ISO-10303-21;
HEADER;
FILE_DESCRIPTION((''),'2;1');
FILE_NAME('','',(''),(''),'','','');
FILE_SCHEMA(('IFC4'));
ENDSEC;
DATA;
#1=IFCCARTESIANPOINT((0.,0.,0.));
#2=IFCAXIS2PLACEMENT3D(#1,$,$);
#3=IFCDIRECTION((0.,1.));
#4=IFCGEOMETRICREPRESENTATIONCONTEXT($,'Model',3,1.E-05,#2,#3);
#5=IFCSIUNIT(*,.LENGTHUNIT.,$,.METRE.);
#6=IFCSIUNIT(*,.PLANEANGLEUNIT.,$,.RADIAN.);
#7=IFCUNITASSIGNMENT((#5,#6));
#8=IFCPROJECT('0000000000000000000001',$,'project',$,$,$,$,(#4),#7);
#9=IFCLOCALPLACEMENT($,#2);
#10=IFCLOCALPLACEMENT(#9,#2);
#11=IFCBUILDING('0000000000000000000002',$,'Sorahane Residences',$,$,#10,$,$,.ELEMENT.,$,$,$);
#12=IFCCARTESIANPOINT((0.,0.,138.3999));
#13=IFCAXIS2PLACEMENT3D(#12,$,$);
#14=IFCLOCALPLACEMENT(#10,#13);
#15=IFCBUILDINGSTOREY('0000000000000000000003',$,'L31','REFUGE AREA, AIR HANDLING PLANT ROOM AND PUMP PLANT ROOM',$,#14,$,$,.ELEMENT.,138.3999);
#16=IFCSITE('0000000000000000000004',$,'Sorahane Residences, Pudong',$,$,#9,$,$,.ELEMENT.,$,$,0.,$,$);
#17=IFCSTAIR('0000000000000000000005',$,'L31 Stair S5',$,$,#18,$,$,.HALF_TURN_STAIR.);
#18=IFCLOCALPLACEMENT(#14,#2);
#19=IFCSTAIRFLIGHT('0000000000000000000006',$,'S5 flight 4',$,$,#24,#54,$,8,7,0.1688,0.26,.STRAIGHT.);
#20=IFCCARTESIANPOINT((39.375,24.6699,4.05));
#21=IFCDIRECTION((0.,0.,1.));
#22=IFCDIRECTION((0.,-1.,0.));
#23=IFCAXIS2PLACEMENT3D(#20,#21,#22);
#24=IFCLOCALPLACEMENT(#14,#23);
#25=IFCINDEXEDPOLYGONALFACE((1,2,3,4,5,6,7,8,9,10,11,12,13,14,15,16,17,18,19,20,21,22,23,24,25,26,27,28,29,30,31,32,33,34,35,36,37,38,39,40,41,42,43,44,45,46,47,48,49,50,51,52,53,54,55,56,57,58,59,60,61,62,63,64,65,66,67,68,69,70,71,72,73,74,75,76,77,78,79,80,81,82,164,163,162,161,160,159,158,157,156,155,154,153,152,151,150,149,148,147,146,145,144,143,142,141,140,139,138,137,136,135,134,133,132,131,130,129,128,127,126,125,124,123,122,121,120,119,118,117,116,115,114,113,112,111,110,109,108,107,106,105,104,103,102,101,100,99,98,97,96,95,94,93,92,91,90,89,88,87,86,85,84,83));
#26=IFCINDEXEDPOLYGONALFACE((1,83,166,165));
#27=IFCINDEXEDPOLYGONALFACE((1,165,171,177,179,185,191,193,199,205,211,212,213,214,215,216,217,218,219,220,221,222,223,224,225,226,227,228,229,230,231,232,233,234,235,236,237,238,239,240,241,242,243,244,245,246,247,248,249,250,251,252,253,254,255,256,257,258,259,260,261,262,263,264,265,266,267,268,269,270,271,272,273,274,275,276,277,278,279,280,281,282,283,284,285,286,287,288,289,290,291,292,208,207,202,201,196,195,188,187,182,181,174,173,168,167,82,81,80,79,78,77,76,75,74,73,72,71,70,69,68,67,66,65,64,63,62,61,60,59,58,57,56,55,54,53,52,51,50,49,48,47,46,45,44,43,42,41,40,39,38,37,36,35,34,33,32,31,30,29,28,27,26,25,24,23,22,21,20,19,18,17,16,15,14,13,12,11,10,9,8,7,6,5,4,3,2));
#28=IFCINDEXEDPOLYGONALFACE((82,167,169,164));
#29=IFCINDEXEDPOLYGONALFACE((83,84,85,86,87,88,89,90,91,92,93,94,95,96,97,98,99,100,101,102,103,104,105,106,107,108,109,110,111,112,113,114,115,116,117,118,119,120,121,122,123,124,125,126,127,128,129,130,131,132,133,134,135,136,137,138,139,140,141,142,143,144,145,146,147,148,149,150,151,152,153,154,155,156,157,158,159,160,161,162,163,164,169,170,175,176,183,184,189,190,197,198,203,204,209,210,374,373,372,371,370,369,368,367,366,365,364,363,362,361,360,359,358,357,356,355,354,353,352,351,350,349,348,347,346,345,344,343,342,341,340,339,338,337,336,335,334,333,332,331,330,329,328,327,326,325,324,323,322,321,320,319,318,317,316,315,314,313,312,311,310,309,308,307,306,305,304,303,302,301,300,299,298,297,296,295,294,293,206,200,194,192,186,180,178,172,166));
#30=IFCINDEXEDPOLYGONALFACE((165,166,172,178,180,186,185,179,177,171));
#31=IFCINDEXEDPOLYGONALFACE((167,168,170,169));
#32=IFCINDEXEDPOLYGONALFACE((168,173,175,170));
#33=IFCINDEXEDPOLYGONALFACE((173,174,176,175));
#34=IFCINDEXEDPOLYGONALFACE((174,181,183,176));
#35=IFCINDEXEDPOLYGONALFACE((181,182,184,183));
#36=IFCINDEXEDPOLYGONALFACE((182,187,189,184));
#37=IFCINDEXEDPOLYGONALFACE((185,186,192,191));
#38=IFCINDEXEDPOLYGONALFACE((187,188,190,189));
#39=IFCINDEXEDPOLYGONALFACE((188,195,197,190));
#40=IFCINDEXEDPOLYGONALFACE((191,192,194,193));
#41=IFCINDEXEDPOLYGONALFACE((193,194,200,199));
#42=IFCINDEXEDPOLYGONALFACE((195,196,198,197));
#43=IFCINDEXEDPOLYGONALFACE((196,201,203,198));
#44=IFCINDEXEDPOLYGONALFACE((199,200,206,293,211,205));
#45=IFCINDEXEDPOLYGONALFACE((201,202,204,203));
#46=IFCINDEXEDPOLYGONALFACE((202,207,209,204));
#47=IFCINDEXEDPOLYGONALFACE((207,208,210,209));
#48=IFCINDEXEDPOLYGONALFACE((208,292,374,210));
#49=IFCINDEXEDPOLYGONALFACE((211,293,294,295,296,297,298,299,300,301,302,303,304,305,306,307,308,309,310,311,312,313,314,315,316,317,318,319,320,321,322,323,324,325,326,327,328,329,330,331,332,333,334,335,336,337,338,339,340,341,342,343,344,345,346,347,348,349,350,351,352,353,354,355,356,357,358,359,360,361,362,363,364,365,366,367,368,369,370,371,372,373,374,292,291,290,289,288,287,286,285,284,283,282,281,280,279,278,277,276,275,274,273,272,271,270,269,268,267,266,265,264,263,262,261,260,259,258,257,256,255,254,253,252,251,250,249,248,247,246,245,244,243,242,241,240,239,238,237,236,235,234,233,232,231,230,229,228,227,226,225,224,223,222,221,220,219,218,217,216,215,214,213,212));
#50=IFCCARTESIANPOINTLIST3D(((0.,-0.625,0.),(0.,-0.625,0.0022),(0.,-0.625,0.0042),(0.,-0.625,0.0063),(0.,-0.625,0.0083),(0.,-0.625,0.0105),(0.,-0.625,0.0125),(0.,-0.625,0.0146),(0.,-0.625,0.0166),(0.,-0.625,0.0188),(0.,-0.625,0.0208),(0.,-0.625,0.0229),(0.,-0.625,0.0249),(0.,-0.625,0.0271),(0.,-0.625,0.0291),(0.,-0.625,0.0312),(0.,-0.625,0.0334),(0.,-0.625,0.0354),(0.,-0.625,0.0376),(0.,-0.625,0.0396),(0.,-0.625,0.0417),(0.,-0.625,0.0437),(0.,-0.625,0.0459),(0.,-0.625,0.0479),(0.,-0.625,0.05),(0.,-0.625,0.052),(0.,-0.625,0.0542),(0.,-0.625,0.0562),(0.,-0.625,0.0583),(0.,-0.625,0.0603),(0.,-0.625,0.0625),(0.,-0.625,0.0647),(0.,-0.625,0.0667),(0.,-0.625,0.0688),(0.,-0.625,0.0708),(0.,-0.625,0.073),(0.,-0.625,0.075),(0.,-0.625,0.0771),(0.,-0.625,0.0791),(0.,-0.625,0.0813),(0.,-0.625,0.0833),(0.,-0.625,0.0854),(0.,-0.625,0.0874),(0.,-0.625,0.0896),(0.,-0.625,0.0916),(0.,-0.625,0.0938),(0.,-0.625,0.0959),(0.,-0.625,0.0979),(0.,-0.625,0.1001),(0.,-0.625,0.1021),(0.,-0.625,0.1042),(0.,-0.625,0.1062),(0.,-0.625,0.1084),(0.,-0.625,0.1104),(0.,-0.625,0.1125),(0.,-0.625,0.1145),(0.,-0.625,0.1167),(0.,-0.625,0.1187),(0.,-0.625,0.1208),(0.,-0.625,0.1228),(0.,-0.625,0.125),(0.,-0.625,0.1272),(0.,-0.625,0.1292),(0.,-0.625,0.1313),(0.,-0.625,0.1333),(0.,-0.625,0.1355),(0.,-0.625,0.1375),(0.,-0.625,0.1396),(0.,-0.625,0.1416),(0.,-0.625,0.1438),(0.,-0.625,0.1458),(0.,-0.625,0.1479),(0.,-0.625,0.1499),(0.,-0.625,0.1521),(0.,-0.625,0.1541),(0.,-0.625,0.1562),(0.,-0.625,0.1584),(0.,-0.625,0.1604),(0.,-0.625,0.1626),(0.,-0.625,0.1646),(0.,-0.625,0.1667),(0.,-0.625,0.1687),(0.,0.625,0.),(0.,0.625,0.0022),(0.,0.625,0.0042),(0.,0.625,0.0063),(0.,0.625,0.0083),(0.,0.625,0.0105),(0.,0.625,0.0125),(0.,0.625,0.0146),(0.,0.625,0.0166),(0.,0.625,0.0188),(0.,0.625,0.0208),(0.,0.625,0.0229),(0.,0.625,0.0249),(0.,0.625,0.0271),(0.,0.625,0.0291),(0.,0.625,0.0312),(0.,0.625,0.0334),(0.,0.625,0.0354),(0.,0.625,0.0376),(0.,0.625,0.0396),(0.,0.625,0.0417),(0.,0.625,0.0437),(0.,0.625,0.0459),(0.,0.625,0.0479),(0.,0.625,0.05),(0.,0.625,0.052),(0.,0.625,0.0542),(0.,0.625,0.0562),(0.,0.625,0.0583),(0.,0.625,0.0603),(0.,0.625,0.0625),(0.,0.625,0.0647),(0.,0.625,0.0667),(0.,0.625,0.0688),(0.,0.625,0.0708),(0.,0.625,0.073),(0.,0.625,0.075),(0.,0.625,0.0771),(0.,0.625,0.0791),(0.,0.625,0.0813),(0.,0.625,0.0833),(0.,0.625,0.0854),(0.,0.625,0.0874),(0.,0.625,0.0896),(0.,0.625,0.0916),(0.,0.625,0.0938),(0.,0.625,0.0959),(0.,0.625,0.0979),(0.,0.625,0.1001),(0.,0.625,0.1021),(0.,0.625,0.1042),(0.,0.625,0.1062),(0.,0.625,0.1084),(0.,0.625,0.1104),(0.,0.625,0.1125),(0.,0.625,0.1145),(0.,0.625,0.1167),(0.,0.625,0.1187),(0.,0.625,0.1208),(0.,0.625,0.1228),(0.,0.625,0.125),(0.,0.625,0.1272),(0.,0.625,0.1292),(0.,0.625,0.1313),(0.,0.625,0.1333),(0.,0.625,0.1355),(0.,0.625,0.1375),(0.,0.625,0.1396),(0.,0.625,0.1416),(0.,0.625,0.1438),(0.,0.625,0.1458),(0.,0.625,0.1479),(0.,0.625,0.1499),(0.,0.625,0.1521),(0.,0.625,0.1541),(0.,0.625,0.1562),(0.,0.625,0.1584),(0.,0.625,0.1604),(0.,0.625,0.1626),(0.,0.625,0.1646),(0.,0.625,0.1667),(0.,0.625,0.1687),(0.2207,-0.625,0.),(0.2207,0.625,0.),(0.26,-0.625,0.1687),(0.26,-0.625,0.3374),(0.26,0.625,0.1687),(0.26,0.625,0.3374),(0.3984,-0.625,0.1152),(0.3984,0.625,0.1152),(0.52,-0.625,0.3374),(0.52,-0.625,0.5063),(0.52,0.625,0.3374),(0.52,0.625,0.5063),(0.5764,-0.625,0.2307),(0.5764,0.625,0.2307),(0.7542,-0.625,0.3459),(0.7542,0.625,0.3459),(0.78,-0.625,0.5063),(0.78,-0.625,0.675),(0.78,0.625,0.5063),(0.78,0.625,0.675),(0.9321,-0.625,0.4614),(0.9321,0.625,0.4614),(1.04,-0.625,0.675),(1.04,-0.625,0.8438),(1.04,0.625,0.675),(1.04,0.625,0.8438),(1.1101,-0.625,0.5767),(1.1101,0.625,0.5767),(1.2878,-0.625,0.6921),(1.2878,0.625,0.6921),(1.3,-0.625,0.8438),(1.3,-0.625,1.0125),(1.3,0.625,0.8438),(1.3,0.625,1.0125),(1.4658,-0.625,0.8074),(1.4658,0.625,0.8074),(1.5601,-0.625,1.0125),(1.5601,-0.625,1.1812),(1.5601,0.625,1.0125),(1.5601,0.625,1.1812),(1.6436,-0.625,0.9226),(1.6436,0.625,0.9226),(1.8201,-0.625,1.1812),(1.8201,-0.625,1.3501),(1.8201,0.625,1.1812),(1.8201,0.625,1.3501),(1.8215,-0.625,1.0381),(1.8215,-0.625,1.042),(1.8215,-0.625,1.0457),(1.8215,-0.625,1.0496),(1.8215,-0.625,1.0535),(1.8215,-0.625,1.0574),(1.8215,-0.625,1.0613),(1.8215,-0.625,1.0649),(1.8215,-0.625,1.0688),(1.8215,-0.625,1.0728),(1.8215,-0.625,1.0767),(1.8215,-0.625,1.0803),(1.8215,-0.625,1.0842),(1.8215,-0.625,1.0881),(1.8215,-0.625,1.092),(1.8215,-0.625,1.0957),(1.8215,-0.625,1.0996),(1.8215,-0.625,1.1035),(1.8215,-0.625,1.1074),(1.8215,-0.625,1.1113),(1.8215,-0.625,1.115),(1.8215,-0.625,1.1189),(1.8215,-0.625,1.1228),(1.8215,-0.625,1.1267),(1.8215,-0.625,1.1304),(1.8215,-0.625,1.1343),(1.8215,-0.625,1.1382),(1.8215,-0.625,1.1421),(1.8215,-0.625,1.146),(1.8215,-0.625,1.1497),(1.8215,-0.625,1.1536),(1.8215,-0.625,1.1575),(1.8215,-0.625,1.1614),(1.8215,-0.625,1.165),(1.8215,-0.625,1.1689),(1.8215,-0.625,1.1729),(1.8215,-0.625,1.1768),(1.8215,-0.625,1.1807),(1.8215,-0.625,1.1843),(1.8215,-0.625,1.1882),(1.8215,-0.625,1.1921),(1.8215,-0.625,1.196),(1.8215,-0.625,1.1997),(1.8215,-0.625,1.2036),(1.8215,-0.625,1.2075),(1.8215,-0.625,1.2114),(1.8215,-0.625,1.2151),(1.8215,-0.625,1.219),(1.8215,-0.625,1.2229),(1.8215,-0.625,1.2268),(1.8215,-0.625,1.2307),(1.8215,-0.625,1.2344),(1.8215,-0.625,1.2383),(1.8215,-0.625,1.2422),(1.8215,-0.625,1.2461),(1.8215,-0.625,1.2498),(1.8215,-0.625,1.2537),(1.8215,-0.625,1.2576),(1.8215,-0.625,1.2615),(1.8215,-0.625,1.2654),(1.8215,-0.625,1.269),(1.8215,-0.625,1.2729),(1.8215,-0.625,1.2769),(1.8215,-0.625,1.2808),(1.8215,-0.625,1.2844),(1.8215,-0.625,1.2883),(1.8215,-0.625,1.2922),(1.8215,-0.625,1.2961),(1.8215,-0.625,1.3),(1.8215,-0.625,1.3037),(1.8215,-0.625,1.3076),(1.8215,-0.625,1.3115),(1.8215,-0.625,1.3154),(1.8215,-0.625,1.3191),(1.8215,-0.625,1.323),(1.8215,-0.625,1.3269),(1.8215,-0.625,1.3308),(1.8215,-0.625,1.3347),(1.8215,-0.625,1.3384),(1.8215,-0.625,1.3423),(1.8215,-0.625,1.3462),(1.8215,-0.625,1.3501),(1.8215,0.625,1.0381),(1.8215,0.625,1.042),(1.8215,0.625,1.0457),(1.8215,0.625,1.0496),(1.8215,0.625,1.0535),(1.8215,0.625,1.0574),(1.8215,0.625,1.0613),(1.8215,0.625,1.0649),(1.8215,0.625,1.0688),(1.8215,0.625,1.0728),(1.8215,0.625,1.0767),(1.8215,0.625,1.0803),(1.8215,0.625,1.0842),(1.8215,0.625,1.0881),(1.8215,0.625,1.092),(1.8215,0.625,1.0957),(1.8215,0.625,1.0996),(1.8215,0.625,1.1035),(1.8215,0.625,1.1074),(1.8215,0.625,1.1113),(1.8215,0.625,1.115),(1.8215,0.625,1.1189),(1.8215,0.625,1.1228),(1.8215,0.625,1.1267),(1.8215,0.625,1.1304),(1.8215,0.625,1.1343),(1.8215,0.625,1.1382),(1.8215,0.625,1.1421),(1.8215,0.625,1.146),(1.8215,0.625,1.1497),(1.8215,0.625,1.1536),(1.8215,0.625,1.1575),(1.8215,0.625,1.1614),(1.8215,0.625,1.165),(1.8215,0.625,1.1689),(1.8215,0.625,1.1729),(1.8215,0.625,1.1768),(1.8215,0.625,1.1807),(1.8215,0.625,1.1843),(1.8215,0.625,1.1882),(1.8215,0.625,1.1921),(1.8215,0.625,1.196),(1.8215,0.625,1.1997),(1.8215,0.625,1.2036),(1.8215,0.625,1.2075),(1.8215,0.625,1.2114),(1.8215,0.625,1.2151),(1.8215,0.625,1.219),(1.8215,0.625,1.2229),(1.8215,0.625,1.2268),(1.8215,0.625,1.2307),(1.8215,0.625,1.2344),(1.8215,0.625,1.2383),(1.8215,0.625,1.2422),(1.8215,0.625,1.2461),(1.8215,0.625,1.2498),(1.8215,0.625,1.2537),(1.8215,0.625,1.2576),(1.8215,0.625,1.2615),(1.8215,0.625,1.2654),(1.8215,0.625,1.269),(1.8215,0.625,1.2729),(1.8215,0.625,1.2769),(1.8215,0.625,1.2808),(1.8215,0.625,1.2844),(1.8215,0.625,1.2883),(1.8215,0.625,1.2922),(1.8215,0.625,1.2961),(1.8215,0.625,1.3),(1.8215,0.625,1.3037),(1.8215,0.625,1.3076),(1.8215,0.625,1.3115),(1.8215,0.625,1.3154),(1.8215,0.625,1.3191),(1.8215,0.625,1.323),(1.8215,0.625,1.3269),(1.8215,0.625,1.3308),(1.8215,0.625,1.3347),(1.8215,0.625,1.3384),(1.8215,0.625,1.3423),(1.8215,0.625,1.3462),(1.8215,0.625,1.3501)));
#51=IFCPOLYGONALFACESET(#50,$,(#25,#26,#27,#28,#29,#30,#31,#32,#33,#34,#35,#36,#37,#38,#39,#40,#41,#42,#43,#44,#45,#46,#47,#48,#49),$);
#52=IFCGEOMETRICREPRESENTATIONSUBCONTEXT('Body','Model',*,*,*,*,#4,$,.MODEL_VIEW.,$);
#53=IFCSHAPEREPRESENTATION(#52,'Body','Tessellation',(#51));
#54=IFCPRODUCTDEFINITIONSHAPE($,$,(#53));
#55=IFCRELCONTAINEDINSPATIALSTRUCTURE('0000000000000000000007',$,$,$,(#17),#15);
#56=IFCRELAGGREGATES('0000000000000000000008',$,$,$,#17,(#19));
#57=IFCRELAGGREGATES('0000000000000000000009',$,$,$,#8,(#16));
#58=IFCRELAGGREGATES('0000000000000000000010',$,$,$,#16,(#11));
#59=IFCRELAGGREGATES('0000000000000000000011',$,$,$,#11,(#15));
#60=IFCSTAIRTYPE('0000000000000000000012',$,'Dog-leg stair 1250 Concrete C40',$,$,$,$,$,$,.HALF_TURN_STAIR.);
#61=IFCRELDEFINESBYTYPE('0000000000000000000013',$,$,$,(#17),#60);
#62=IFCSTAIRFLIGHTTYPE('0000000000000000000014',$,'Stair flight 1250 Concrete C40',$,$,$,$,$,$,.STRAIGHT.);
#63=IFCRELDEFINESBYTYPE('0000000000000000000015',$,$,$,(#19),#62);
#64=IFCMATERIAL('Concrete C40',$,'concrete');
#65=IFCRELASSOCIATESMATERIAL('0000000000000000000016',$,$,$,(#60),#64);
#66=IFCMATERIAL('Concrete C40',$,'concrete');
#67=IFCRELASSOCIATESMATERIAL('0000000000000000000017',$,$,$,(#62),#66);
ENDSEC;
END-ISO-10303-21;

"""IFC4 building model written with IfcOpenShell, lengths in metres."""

from ifc_helpers import new_model, si_unit, direction, frame, origin, place, context, subcontext, project, spatial, polyline, outline, extrude, material, type_object, element, aggregate, save


model = new_model("IFC4")

# Units and contexts
model_context = context("Model", 3, precision=1e-05, world=origin(), true_north=direction((0.0, 1.0)))
body_context = subcontext(model_context, "Body", "Model", "MODEL_VIEW")
ifc_project = project(units=[si_unit("LENGTHUNIT", "METRE"), si_unit("PLANEANGLEUNIT", "RADIAN")], contexts=[model_context])

# Site, building, storey
site_placement = place(None, origin())
site = spatial("IfcSite", under=ifc_project, at=site_placement, Name="Sorahane Residences, Pudong", CompositionType="ELEMENT", RefElevation=0.0)
building_placement = place(site_placement, origin())
building = spatial("IfcBuilding", under=site, at=building_placement, Name="Sorahane Residences", CompositionType="ELEMENT")
storey_placement = place(building_placement, frame((0.0, 0.0, 138.3999)))
storey = spatial("IfcBuildingStorey", under=building, at=storey_placement, Name="L31", Description="REFUGE AREA, AIR HANDLING PLANT ROOM AND PUMP PLANT ROOM", CompositionType="ELEMENT", Elevation=138.3999)

# Stair, stair flight
ifc_material_1 = material(Name="Concrete C40", Category="concrete")
stair_type = type_object("IfcStairType", Name="Dog-leg stair 1250 Concrete C40", PredefinedType="HALF_TURN_STAIR", material=ifc_material_1)
stair_placement = place(storey_placement, origin())
stair = element("IfcStair", 1, at=stair_placement, inside=storey, type_object=stair_type, Name="L31 Stair S5", PredefinedType="HALF_TURN_STAIR")
ifc_material_2 = material(Name="Concrete C40", Category="concrete")
stair_flight_type = type_object("IfcStairFlightType", Name="Stair flight 1250 Concrete C40", PredefinedType="STRAIGHT", material=ifc_material_2)
stair_flight_1_placement = place(storey_placement, frame((39.375, 24.6699, 4.05), z_axis=(0.0, 0.0, 1.0), x_axis=(0.0, -1.0, 0.0)))
stair_flight_1 = element("IfcStairFlight", 2, at=stair_flight_1_placement, type_object=stair_flight_type, Name="S5 flight 4", NumberOfRisers=8, NumberOfTreads=7, PredefinedType="STRAIGHT", RiserHeight=0.1688, TreadLength=0.26, context=body_context, shape_type="SweptSolid", body=[
    extrude(outline(polyline([(0.0, 0.0), (0.0, 0.0022), (0.0, 0.0042), (0.0, 0.0063), (0.0, 0.0083), (0.0, 0.0105), (0.0, 0.0125), (0.0, 0.0146), (0.0, 0.0166), (0.0, 0.0188), (0.0, 0.0208), (0.0, 0.0229), (0.0, 0.0249), (0.0, 0.0271), (0.0, 0.0291), (0.0, 0.0312), (0.0, 0.0334), (0.0, 0.0354), (0.0, 0.0376), (0.0, 0.0396), (0.0, 0.0417), (0.0, 0.0437), (0.0, 0.0459), (0.0, 0.0479), (0.0, 0.05), (0.0, 0.052), (0.0, 0.0542), (0.0, 0.0562), (0.0, 0.0583), (0.0, 0.0603), (0.0, 0.0625), (0.0, 0.0647), (0.0, 0.0667), (0.0, 0.0688), (0.0, 0.0708), (0.0, 0.073), (0.0, 0.075), (0.0, 0.0771), (0.0, 0.0791), (0.0, 0.0813), (0.0, 0.0833), (0.0, 0.0854), (0.0, 0.0874), (0.0, 0.0896), (0.0, 0.0916), (0.0, 0.0938), (0.0, 0.0959), (0.0, 0.0979), (0.0, 0.1001), (0.0, 0.1021), (0.0, 0.1042), (0.0, 0.1062), (0.0, 0.1084), (0.0, 0.1104), (0.0, 0.1125), (0.0, 0.1145), (0.0, 0.1167), (0.0, 0.1187), (0.0, 0.1208), (0.0, 0.1228), (0.0, 0.125), (0.0, 0.1272), (0.0, 0.1292), (0.0, 0.1313), (0.0, 0.1333), (0.0, 0.1355), (0.0, 0.1375), (0.0, 0.1396), (0.0, 0.1416), (0.0, 0.1438), (0.0, 0.1458), (0.0, 0.1479), (0.0, 0.1499), (0.0, 0.1521), (0.0, 0.1541), (0.0, 0.1562), (0.0, 0.1584), (0.0, 0.1604), (0.0, 0.1626), (0.0, 0.1646), (0.0, 0.1667), (0.0, 0.1687), (0.26, 0.1687), (0.26, 0.3374), (0.52, 0.3374), (0.52, 0.5063), (0.78, 0.5063), (0.78, 0.675), (1.04, 0.675), (1.04, 0.8438), (1.3, 0.8438), (1.3, 1.0125), (1.5601, 1.0125), (1.5601, 1.1812), (1.8201, 1.1812), (1.8201, 1.3501), (1.8215, 1.3501), (1.8215, 1.3462), (1.8215, 1.3423), (1.8215, 1.3384), (1.8215, 1.3347), (1.8215, 1.3308), (1.8215, 1.3269), (1.8215, 1.323), (1.8215, 1.3191), (1.8215, 1.3154), (1.8215, 1.3115), (1.8215, 1.3076), (1.8215, 1.3037), (1.8215, 1.3), (1.8215, 1.2961), (1.8215, 1.2922), (1.8215, 1.2883), (1.8215, 1.2844), (1.8215, 1.2808), (1.8215, 1.2769), (1.8215, 1.2729), (1.8215, 1.269), (1.8215, 1.2654), (1.8215, 1.2615), (1.8215, 1.2576), (1.8215, 1.2537), (1.8215, 1.2498), (1.8215, 1.2461), (1.8215, 1.2422), (1.8215, 1.2383), (1.8215, 1.2344), (1.8215, 1.2307), (1.8215, 1.2268), (1.8215, 1.2229), (1.8215, 1.219), (1.8215, 1.2151), (1.8215, 1.2114), (1.8215, 1.2075), (1.8215, 1.2036), (1.8215, 1.1997), (1.8215, 1.196), (1.8215, 1.1921), (1.8215, 1.1882), (1.8215, 1.1843), (1.8215, 1.1807), (1.8215, 1.1768), (1.8215, 1.1729), (1.8215, 1.1689), (1.8215, 1.165), (1.8215, 1.1614), (1.8215, 1.1575), (1.8215, 1.1536), (1.8215, 1.1497), (1.8215, 1.146), (1.8215, 1.1421), (1.8215, 1.1382), (1.8215, 1.1343), (1.8215, 1.1304), (1.8215, 1.1267), (1.8215, 1.1228), (1.8215, 1.1189), (1.8215, 1.115), (1.8215, 1.1113), (1.8215, 1.1074), (1.8215, 1.1035), (1.8215, 1.0996), (1.8215, 1.0957), (1.8215, 1.092), (1.8215, 1.0881), (1.8215, 1.0842), (1.8215, 1.0803), (1.8215, 1.0767), (1.8215, 1.0728), (1.8215, 1.0688), (1.8215, 1.0649), (1.8215, 1.0613), (1.8215, 1.0574), (1.8215, 1.0535), (1.8215, 1.0496), (1.8215, 1.0457), (1.8215, 1.042), (1.8215, 1.0381), (1.6436, 0.9226), (1.4658, 0.8074), (1.2878, 0.6921), (1.1101, 0.5767), (0.9321, 0.4614), (0.7542, 0.3459), (0.5764, 0.2307), (0.3984, 0.1152), (0.2207, 0.0), (0.0, 0.0)])), frame((0.0, 0.625, 0.0), z_axis=(0.0, -1.0, 0.0), x_axis=(1.0, 0.0, 0.0)), (0.0, 0.0, 1.0), 1.25),
])
aggregate(stair, [stair_flight_1])

save(model, "model.ifc")
